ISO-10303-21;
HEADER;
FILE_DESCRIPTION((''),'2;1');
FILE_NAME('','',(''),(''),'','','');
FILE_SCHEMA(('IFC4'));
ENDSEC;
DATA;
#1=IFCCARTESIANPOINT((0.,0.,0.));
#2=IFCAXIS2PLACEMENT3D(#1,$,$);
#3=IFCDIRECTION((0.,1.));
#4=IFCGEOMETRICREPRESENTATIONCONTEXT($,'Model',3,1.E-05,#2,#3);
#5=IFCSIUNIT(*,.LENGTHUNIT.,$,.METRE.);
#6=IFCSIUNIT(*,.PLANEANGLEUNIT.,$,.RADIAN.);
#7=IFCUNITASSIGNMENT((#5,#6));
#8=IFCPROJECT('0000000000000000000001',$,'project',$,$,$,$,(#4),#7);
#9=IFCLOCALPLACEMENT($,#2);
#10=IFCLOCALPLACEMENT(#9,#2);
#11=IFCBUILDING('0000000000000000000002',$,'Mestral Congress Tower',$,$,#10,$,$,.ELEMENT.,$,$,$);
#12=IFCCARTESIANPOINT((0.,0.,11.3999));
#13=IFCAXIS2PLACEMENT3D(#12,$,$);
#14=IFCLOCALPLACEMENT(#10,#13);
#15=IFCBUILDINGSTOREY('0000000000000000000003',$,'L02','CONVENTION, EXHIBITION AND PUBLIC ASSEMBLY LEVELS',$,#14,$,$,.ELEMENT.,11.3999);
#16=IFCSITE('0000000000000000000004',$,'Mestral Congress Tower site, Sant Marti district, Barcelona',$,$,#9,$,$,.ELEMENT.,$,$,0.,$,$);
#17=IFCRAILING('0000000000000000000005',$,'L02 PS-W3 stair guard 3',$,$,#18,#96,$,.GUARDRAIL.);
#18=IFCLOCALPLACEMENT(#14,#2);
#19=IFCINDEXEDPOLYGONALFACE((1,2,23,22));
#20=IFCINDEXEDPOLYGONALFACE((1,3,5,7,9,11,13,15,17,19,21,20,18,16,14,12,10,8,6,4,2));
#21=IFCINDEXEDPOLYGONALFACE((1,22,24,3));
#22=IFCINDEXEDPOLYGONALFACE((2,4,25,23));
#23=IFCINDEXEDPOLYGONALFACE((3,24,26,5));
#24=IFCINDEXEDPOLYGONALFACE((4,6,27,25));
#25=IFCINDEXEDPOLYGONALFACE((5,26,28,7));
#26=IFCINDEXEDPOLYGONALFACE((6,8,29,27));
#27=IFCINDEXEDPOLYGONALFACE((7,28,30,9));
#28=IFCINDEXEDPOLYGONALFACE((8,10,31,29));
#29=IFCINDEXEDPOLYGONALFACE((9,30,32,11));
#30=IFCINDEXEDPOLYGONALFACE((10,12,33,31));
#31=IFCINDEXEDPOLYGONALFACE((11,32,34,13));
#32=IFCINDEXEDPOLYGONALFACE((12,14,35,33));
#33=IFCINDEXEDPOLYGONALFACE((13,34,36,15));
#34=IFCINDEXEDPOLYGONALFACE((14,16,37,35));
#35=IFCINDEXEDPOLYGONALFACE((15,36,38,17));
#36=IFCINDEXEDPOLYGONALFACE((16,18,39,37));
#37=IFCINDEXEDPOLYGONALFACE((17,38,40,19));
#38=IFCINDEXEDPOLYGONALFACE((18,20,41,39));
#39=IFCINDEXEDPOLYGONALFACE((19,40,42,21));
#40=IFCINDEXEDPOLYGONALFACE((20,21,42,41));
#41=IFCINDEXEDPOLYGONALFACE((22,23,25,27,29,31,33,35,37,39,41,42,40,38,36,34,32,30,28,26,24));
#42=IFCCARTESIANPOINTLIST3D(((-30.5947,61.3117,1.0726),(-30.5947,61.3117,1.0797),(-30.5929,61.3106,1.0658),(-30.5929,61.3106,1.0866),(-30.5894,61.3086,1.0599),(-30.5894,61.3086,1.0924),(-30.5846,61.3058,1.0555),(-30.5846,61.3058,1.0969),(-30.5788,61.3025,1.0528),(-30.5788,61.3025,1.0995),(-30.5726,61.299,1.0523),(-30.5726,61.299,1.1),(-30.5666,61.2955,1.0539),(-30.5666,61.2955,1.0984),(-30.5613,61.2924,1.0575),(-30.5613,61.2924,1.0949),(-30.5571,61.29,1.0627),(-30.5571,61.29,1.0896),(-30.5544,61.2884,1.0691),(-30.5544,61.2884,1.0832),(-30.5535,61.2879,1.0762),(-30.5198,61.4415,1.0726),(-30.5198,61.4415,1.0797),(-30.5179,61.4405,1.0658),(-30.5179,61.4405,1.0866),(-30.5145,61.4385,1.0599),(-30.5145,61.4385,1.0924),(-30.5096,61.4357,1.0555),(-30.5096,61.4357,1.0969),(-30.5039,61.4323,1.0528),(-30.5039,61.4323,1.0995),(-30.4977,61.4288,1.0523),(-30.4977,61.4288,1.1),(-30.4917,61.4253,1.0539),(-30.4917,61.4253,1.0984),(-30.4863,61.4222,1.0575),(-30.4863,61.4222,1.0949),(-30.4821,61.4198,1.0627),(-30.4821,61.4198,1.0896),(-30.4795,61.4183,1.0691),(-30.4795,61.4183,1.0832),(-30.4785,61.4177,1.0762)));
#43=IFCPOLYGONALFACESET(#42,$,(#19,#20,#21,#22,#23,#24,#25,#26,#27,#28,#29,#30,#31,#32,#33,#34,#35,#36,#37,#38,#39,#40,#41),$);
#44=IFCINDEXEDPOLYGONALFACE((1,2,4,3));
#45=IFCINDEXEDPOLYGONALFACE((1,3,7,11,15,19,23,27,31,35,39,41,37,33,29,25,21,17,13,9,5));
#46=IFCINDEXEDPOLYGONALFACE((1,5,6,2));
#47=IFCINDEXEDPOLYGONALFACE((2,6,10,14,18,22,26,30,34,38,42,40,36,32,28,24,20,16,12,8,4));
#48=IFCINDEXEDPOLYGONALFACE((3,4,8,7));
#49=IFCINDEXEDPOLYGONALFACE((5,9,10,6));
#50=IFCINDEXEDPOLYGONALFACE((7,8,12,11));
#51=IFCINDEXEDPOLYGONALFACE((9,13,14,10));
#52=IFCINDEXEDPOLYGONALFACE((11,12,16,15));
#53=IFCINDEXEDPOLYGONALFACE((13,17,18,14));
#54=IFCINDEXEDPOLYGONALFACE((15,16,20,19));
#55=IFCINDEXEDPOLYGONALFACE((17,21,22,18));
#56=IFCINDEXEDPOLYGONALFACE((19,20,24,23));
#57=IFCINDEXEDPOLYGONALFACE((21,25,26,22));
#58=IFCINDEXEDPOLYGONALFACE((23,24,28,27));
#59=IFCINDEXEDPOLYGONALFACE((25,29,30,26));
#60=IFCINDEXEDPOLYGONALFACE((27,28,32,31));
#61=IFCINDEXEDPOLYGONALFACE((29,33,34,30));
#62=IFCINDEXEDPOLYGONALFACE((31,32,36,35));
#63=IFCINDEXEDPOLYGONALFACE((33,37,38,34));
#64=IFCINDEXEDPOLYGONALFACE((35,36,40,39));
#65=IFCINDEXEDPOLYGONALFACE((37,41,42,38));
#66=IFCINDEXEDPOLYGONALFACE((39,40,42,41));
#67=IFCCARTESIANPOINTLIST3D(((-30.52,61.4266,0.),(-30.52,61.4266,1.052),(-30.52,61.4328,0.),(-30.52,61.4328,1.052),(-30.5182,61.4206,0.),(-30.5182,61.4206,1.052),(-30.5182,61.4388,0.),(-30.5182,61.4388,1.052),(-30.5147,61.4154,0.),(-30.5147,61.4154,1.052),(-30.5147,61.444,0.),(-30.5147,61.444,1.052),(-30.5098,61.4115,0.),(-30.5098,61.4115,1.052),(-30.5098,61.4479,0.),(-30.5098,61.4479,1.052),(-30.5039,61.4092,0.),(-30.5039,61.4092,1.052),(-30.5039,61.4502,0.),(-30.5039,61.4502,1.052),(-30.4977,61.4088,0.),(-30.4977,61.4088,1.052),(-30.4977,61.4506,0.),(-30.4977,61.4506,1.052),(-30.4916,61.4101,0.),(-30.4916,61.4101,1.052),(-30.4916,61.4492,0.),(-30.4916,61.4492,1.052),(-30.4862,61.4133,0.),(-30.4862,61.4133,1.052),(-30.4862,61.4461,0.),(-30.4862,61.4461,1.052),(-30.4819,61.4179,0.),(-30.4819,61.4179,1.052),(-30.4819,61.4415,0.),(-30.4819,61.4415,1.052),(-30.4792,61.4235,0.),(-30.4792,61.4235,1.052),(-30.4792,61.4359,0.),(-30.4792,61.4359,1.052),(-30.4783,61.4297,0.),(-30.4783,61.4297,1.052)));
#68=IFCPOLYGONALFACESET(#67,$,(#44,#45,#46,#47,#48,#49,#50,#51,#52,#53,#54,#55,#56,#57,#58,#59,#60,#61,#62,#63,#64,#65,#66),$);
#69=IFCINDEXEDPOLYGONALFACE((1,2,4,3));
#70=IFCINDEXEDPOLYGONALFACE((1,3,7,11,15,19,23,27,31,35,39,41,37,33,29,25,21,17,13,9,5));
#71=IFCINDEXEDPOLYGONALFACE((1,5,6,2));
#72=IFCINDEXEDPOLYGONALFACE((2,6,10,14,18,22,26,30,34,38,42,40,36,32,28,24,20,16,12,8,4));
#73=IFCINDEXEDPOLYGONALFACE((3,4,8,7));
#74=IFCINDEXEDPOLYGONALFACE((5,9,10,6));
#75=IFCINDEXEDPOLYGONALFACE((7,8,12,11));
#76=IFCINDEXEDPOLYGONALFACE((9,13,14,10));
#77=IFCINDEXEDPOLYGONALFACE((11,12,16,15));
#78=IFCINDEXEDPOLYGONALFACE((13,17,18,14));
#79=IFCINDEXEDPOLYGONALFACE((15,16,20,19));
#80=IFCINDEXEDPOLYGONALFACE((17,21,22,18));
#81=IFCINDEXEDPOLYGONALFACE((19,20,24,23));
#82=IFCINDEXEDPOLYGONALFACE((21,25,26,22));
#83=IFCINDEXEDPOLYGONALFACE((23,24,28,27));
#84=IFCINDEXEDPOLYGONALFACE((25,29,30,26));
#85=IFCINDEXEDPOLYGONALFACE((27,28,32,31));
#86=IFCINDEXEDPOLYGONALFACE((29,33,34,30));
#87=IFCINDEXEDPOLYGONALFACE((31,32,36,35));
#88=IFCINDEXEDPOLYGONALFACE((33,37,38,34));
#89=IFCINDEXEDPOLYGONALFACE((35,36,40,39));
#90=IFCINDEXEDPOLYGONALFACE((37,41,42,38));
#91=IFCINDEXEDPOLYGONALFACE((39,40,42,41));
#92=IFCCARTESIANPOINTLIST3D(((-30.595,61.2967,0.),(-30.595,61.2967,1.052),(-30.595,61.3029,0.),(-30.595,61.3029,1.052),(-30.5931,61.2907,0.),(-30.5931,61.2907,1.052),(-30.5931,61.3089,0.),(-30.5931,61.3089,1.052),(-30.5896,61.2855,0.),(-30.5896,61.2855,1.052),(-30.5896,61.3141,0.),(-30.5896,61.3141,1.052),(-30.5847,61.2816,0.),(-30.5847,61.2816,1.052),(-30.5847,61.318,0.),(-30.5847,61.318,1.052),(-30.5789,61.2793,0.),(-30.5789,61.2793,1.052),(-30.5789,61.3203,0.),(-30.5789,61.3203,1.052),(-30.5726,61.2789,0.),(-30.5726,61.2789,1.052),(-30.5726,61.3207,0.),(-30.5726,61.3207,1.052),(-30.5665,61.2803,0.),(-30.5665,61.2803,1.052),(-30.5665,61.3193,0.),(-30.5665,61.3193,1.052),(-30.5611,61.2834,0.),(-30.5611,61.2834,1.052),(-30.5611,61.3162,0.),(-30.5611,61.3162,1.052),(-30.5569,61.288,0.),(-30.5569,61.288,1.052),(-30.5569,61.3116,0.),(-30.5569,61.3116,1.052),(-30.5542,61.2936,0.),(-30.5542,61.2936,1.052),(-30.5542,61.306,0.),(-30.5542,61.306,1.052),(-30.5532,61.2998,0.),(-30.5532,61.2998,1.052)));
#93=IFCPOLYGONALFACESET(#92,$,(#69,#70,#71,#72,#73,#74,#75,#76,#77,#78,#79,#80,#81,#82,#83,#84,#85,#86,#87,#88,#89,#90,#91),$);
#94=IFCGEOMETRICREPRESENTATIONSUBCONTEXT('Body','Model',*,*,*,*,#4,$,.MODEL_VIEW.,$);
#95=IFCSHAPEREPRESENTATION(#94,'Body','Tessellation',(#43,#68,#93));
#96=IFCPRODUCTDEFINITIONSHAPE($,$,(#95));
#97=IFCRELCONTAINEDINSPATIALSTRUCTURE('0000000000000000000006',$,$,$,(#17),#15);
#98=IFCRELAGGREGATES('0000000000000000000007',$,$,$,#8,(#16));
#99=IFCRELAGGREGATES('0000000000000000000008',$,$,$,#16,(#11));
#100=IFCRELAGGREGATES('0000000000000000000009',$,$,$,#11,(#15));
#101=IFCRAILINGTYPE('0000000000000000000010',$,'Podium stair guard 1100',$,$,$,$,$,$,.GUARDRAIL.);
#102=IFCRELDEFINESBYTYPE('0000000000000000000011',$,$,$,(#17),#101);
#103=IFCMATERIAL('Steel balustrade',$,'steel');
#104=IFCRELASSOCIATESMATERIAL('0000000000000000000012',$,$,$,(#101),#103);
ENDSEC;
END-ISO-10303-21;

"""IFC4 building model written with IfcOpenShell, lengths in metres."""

from ifc_helpers import new_model, si_unit, direction, frame, origin, origin_2d, place, context, subcontext, project, spatial, circle, extrude, material, type_object, element, save


model = new_model("IFC4")

# Units and contexts
model_context = context("Model", 3, precision=1e-05, world=origin(), true_north=direction((0.0, 1.0)))
body_context = subcontext(model_context, "Body", "Model", "MODEL_VIEW")
ifc_project = project(units=[si_unit("LENGTHUNIT", "METRE"), si_unit("PLANEANGLEUNIT", "RADIAN")], contexts=[model_context])

# Site, building, storey
site_placement = place(None, origin())
site = spatial("IfcSite", under=ifc_project, at=site_placement, Name="Mestral Congress Tower site, Sant Marti district, Barcelona", CompositionType="ELEMENT", RefElevation=0.0)
building_placement = place(site_placement, origin())
building = spatial("IfcBuilding", under=site, at=building_placement, Name="Mestral Congress Tower", CompositionType="ELEMENT")
storey_placement = place(building_placement, frame((0.0, 0.0, 11.3999)))
storey = spatial("IfcBuildingStorey", under=building, at=storey_placement, Name="L02", Description="CONVENTION, EXHIBITION AND PUBLIC ASSEMBLY LEVELS", CompositionType="ELEMENT", Elevation=11.3999)

# Railing
ifc_material_1 = material(Name="Steel balustrade", Category="steel")
railing_type_1 = type_object("IfcRailingType", Name="Podium stair guard 1100", PredefinedType="GUARDRAIL", material=ifc_material_1)
railing_1_placement = place(storey_placement, frame((-30.4993, 61.4297, 0.0)))
element("IfcRailing", 1, at=railing_1_placement, inside=storey, type_object=railing_type_1, Name="L02 PS-W3 stair guard 3", PredefinedType="GUARDRAIL", context=body_context, shape_type="SweptSolid", body=[
    extrude(circle(Radius=0.0239, at=origin_2d()), frame((0.0, 0.0, 1.0762), z_axis=(-0.499816, -0.866131, 0.0), x_axis=(0.866131, -0.499816, 0.0)), (0.0, 0.0, 1.0), 0.1499),
    extrude(circle(Radius=0.021, at=origin_2d()), origin(), (0.0, 0.0, 1.0), 1.052),
    extrude(circle(Radius=0.021, at=origin_2d()), frame((-0.075, -0.1299, 0.0)), (0.0, 0.0, 1.0), 1.052),
])

save(model, "model.ifc")
